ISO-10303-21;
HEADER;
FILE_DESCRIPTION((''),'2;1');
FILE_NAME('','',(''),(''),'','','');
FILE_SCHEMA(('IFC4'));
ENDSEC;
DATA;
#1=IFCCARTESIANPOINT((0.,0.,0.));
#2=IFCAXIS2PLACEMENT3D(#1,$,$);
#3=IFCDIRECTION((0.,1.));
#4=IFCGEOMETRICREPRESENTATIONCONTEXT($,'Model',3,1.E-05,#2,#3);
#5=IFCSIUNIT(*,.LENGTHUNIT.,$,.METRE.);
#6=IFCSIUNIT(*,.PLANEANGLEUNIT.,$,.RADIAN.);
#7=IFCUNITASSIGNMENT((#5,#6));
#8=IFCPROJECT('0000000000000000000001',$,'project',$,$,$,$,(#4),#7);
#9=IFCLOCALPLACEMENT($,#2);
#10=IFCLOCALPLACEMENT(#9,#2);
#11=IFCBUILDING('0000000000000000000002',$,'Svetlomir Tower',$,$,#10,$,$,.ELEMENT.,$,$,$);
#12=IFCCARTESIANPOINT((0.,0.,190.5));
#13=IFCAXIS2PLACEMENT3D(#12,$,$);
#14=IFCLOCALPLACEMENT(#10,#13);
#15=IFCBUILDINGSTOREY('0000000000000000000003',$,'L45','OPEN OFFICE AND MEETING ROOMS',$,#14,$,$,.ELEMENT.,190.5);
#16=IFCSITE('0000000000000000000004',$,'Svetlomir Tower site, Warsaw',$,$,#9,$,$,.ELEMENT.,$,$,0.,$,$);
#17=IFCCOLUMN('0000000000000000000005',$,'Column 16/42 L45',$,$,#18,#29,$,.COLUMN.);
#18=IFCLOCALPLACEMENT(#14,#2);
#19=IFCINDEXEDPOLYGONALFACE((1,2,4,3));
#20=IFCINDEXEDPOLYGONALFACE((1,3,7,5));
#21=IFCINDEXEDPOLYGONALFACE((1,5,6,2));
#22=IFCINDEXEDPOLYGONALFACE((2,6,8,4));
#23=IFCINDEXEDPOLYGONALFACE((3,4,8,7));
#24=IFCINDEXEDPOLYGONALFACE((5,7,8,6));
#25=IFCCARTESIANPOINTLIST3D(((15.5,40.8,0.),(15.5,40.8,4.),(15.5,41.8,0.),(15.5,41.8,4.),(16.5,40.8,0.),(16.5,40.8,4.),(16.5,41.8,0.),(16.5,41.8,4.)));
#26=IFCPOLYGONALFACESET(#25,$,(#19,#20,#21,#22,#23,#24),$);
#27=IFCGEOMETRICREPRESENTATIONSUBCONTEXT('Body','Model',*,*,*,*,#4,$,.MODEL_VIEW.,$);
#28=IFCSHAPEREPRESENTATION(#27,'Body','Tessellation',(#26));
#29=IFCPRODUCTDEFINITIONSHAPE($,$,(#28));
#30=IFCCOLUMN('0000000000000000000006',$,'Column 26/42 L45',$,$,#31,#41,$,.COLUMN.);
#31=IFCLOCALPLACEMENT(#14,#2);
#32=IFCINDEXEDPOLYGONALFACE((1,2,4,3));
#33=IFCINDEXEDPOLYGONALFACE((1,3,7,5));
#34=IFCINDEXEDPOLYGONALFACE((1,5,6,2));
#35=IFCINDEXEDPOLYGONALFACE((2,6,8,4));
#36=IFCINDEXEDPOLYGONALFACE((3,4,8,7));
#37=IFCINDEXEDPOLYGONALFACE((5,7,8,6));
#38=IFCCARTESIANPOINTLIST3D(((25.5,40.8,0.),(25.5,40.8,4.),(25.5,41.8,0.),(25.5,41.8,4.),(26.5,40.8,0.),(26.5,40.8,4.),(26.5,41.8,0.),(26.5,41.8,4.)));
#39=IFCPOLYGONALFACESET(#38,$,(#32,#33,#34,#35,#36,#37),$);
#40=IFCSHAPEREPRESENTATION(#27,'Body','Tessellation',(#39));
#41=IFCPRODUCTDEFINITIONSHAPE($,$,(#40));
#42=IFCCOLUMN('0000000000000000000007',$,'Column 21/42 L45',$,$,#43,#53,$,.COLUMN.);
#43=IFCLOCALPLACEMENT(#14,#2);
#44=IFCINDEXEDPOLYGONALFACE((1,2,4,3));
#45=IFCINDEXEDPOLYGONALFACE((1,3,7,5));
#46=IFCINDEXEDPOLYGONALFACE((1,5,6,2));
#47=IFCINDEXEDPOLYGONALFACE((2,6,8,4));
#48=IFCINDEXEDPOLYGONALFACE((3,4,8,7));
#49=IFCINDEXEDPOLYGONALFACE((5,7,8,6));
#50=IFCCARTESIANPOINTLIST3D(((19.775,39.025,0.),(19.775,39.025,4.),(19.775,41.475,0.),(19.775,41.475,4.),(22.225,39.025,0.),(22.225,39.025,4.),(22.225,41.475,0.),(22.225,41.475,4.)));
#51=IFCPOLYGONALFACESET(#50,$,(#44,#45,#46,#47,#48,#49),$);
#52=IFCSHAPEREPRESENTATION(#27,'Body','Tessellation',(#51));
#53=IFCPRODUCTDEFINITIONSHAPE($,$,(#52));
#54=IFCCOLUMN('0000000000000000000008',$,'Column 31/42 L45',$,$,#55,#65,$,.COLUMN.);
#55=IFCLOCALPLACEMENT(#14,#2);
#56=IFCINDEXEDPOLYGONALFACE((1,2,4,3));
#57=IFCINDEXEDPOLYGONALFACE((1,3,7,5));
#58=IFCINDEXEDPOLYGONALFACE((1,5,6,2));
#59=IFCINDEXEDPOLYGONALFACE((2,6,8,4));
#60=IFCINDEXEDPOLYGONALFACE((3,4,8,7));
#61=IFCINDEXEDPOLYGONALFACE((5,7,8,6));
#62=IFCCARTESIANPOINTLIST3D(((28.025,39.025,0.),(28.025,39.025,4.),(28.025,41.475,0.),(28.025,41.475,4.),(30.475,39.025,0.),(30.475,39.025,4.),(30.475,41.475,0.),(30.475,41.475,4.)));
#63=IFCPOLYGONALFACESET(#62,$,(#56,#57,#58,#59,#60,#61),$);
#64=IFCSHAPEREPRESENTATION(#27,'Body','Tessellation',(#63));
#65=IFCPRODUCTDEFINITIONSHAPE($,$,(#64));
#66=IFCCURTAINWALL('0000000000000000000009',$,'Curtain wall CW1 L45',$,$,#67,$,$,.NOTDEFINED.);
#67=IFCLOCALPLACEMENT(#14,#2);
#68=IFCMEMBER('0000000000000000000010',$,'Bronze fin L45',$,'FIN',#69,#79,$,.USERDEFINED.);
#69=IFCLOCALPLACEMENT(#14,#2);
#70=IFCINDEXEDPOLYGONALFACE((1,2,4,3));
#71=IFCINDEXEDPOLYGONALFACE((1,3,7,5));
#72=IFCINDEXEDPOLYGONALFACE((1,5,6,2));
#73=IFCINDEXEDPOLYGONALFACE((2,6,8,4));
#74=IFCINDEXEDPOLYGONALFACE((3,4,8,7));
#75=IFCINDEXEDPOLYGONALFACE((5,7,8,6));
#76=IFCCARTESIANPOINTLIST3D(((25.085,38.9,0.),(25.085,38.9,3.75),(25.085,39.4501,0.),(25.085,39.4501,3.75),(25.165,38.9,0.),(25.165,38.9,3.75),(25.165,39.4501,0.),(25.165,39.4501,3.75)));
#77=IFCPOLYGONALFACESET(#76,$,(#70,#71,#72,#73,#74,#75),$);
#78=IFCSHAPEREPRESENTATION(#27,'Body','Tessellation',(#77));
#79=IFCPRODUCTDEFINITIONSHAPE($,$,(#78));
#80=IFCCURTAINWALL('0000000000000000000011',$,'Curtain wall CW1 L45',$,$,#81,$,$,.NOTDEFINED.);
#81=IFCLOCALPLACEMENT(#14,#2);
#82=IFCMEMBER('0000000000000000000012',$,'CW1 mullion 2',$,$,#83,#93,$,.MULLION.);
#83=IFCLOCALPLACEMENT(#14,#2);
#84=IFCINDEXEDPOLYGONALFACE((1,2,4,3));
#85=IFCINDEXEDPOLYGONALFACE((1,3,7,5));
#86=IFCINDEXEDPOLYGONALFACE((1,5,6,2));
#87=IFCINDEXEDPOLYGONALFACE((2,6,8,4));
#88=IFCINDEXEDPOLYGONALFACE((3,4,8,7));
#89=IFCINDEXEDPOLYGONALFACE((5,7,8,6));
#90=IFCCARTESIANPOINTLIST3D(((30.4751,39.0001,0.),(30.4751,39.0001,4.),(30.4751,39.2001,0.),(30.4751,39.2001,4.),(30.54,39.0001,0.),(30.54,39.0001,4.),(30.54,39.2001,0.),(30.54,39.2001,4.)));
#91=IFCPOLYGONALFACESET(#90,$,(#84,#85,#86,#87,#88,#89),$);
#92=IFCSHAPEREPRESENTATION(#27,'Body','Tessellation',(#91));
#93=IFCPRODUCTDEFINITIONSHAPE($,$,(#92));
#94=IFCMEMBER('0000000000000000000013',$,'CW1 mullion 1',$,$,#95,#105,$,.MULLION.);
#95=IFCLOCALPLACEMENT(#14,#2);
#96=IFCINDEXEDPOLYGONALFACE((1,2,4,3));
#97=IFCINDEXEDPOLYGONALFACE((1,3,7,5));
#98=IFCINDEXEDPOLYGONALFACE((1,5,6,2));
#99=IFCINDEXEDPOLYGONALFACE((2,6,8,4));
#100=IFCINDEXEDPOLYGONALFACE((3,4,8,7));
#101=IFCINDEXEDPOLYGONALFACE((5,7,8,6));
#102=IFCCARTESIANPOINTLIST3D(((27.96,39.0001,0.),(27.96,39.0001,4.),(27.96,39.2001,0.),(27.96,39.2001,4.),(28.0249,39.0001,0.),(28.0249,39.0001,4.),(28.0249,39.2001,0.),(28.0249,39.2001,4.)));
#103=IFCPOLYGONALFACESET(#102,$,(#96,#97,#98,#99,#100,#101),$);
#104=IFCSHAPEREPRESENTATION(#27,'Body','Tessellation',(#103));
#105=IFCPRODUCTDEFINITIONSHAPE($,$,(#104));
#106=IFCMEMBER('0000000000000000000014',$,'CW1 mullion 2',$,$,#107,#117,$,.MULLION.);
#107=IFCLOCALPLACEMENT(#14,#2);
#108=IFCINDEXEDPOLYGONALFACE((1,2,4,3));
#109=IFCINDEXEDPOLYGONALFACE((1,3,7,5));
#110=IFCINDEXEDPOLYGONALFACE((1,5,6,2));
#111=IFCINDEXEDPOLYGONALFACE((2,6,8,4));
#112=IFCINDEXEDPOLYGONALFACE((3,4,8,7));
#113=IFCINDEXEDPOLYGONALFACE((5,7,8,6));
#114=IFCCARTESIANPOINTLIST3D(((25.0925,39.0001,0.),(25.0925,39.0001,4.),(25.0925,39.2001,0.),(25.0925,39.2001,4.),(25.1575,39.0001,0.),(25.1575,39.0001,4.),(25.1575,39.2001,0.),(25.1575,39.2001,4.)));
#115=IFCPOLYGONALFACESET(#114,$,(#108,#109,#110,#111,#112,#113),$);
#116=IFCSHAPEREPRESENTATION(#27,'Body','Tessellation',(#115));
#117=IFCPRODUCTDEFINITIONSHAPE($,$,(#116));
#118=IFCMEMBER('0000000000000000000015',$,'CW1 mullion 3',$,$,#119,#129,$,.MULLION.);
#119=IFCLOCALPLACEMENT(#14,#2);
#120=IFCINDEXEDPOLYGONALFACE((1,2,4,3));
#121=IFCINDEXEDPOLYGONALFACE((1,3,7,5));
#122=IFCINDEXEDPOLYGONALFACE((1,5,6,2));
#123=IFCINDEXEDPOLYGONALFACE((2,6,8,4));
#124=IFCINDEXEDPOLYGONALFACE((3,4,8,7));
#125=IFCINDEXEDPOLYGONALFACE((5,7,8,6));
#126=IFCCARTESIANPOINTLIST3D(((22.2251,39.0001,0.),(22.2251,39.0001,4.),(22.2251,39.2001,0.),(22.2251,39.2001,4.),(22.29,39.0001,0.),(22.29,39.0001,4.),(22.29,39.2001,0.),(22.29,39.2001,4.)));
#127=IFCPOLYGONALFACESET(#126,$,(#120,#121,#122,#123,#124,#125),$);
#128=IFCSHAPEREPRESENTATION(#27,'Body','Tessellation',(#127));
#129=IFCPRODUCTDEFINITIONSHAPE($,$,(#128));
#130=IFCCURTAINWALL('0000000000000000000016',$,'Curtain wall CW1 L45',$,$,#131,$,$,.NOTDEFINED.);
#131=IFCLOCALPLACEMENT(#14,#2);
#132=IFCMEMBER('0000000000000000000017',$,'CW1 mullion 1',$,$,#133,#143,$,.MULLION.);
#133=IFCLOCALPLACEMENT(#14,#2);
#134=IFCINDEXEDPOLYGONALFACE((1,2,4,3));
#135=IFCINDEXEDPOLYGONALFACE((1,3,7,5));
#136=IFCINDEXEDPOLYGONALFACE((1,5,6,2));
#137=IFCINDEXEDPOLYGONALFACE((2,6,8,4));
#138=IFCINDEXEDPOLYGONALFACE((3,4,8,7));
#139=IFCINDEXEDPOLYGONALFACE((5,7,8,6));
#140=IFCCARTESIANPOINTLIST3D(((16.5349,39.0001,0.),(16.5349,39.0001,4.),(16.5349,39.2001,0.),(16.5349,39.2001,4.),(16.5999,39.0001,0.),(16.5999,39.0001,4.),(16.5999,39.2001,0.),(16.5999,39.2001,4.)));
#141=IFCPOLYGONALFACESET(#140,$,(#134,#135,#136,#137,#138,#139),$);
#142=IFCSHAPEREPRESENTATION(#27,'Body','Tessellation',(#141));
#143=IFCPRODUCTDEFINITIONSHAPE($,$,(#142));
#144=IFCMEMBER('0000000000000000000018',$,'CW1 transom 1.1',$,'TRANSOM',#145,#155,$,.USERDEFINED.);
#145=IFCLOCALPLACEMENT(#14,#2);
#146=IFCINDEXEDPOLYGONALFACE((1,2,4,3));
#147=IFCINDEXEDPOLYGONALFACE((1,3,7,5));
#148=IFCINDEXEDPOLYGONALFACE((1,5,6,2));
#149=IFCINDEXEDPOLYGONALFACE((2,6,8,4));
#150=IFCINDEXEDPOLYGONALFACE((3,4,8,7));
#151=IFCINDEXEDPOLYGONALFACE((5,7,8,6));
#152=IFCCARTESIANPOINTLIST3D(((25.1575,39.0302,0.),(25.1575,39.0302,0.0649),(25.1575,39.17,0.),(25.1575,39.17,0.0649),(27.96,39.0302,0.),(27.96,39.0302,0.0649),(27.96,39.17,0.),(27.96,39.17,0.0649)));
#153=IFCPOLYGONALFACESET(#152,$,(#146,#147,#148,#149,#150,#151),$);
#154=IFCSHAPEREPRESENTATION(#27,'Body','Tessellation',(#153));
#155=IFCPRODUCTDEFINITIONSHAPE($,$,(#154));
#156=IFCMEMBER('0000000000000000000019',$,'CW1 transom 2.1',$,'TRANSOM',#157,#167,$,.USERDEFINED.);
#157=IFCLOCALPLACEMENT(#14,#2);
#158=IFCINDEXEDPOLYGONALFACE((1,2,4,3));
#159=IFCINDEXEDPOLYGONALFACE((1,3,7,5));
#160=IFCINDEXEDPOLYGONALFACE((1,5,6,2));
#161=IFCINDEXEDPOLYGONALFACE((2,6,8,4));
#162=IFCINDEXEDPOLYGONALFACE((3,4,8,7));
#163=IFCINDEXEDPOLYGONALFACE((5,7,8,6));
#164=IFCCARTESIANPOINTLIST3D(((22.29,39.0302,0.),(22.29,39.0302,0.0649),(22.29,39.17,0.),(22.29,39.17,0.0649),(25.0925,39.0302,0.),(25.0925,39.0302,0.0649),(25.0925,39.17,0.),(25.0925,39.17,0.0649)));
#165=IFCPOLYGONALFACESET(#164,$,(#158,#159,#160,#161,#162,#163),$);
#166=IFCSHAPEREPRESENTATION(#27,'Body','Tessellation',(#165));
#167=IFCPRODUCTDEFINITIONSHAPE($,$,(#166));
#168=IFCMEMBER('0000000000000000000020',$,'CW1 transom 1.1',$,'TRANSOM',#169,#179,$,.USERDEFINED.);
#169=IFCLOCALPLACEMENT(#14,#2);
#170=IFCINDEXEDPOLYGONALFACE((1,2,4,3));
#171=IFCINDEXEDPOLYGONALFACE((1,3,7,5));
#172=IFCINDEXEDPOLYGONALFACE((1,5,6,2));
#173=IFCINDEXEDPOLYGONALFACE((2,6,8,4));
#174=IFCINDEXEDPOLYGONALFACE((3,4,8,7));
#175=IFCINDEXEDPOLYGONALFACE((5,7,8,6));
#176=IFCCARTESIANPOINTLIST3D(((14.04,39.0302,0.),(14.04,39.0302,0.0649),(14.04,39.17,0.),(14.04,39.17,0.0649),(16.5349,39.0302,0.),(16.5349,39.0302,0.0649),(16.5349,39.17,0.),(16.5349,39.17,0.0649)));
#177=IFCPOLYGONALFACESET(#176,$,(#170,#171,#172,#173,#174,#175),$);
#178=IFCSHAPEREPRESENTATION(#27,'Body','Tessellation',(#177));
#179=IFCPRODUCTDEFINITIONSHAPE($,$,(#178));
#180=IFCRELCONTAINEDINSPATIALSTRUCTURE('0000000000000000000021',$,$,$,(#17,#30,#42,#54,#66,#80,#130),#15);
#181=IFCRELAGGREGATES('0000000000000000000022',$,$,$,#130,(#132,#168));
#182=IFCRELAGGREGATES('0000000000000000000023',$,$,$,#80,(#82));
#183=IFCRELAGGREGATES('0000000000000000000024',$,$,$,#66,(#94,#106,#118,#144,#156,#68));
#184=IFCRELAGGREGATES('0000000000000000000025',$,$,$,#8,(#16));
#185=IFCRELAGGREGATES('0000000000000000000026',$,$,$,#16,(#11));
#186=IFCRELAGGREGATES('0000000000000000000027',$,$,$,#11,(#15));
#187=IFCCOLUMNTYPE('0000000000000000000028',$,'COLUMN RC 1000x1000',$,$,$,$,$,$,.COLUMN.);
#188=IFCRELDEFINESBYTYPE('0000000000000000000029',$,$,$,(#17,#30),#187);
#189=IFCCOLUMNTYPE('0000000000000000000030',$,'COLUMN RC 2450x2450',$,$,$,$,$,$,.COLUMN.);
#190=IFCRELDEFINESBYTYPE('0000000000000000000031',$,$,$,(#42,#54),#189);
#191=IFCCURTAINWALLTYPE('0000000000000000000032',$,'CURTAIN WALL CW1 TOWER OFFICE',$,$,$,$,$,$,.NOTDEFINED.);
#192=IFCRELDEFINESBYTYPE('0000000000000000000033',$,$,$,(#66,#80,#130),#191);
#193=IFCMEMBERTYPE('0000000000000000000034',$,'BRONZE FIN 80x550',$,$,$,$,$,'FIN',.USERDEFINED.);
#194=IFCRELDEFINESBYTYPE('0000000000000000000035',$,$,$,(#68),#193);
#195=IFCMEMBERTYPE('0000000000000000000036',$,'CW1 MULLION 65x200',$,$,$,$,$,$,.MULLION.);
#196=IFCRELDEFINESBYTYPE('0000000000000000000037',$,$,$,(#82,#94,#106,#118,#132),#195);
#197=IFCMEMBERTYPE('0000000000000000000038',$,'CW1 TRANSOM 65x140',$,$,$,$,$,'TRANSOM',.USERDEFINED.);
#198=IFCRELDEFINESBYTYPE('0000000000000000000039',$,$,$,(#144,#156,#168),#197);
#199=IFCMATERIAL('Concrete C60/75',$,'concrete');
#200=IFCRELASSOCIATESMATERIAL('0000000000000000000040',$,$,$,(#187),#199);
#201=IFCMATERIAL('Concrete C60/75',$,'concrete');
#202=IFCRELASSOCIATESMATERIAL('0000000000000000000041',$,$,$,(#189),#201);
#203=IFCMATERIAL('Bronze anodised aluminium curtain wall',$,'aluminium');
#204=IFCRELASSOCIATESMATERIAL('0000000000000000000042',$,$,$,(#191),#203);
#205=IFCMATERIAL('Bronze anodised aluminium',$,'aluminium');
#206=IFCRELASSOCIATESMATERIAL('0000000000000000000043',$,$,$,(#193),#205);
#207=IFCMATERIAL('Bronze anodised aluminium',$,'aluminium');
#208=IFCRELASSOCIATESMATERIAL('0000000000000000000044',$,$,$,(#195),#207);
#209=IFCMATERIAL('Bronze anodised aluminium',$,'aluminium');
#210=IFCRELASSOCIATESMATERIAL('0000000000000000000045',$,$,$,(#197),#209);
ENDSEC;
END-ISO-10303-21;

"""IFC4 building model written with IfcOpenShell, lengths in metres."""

from ifc_helpers import new_model, si_unit, direction, frame, origin, origin_2d, place, context, subcontext, project, spatial, rectangle, extrude, material, material_profile, profile_set, type_object, element, aggregate, save


model = new_model("IFC4")

# Units and contexts
model_context = context("Model", 3, precision=1e-05, world=origin(), true_north=direction((0.0, 1.0)))
body_context = subcontext(model_context, "Body", "Model", "MODEL_VIEW")
ifc_project = project(units=[si_unit("LENGTHUNIT", "METRE"), si_unit("PLANEANGLEUNIT", "RADIAN")], contexts=[model_context])

# Site, building, storey
site_placement = place(None, origin())
site = spatial("IfcSite", under=ifc_project, at=site_placement, Name="Svetlomir Tower site, Warsaw", CompositionType="ELEMENT", RefElevation=0.0)
building_placement = place(site_placement, origin())
building = spatial("IfcBuilding", under=site, at=building_placement, Name="Svetlomir Tower", CompositionType="ELEMENT")
storey_placement = place(building_placement, frame((0.0, 0.0, 190.5)))
storey = spatial("IfcBuildingStorey", under=building, at=storey_placement, Name="L45", Description="OPEN OFFICE AND MEETING ROOMS", CompositionType="ELEMENT", Elevation=190.5)

# Columns
ifc_material_1 = material(Name="Concrete C60/75", Category="concrete")
ifc_material_profile_1 = material_profile(ifc_material_1, rectangle(XDim=1.0, YDim=1.0, at=origin_2d()), Name="RC 1000x1000")
ifc_profile_set_1 = profile_set([ifc_material_profile_1], Name="Concrete C60/75")
column_type_1 = type_object("IfcColumnType", Name="COLUMN RC 1000x1000", PredefinedType="COLUMN", material=ifc_profile_set_1)
for number, where, z_axis, x_axis, name in (
    (1, (16.0, 41.3, 0.0), (0.0, 0.0, 1.0), (1.0, 0.0, 0.0), "Column 16/42 L45"),
    (2, (26.0, 41.3, 0.0), (0.0, 0.0, 1.0), (1.0, 0.0, 0.0), "Column 26/42 L45"),
):
    element("IfcColumn", number, at=place(storey_placement, frame(where, z_axis=z_axis, x_axis=x_axis)), inside=storey, type_object=column_type_1, Name=name, PredefinedType="COLUMN", context=body_context, shape_type="SweptSolid", body=[
        extrude(rectangle(XDim=1.0, YDim=1.0, at=origin_2d()), origin(), (0.0, 0.0, 1.0), 4.0),
    ])
ifc_material_2 = material(Name="Concrete C60/75", Category="concrete")
ifc_material_profile_2 = material_profile(ifc_material_2, rectangle(XDim=2.45, YDim=2.45, at=origin_2d()), Name="RC 2450x2450")
ifc_profile_set_2 = profile_set([ifc_material_profile_2], Name="Concrete C60/75")
column_type_2 = type_object("IfcColumnType", Name="COLUMN RC 2450x2450", PredefinedType="COLUMN", material=ifc_profile_set_2)
for number, where, z_axis, x_axis, name in (
    (3, (21.0, 40.25, 0.0), (0.0, 0.0, 1.0), (1.0, 0.0, 0.0), "Column 21/42 L45"),
    (4, (29.25, 40.25, 0.0), (0.0, 0.0, 1.0), (1.0, 0.0, 0.0), "Column 31/42 L45"),
):
    element("IfcColumn", number, at=place(storey_placement, frame(where, z_axis=z_axis, x_axis=x_axis)), inside=storey, type_object=column_type_2, Name=name, PredefinedType="COLUMN", context=body_context, shape_type="SweptSolid", body=[
        extrude(rectangle(XDim=2.45, YDim=2.45, at=origin_2d()), origin(), (0.0, 0.0, 1.0), 4.0),
    ])

# Curtain walls, members
ifc_material_3 = material(Name="Bronze anodised aluminium curtain wall", Category="aluminium")
curtain_wall_type = type_object("IfcCurtainWallType", Name="CURTAIN WALL CW1 TOWER OFFICE", PredefinedType="NOTDEFINED", material=ifc_material_3)
curtain_wall_1_placement = place(storey_placement, origin())
curtain_wall_1 = element("IfcCurtainWall", 5, at=curtain_wall_1_placement, inside=storey, type_object=curtain_wall_type, Name="Curtain wall CW1 L45", PredefinedType="NOTDEFINED")
ifc_material_4 = material(Name="Bronze anodised aluminium", Category="aluminium")
ifc_material_profile_3 = material_profile(ifc_material_4, rectangle(XDim=0.0801, YDim=0.55, at=origin_2d()), Name="FIN 80x550")
ifc_profile_set_3 = profile_set([ifc_material_profile_3], Name="Bronze anodised aluminium 6063-T6")
member_type_1 = type_object("IfcMemberType", Name="BRONZE FIN 80x550", ElementType="FIN", PredefinedType="USERDEFINED", material=ifc_profile_set_3)
member_1_placement = place(storey_placement, frame((25.125, 39.175, 0.0), z_axis=(0.0, 0.0, 1.0), x_axis=(1.0, 0.0, 0.0)))
member_1 = element("IfcMember", 6, at=member_1_placement, type_object=member_type_1, Name="Bronze fin L45", ObjectType="FIN", PredefinedType="USERDEFINED", context=body_context, shape_type="SweptSolid", body=[
    extrude(rectangle(XDim=0.0801, YDim=0.55, at=origin_2d()), origin(), (0.0, 0.0, 1.0), 3.75),
])
curtain_wall_2_placement = place(storey_placement, origin())
curtain_wall_2 = element("IfcCurtainWall", 7, at=curtain_wall_2_placement, inside=storey, type_object=curtain_wall_type, Name="Curtain wall CW1 L45", PredefinedType="NOTDEFINED")
ifc_material_5 = material(Name="Bronze anodised aluminium", Category="aluminium")
ifc_material_profile_4 = material_profile(ifc_material_5, rectangle(XDim=0.0649, YDim=0.2, at=origin_2d()), Name="AL 65x200")
ifc_profile_set_4 = profile_set([ifc_material_profile_4], Name="Bronze anodised aluminium 6063-T6")
member_type_2 = type_object("IfcMemberType", Name="CW1 MULLION 65x200", PredefinedType="MULLION", material=ifc_profile_set_4)
member_2_placement = place(storey_placement, frame((30.5076, 39.1001, 0.0), z_axis=(0.0, 0.0, 1.0), x_axis=(-1.0, 0.0, 0.0)))
member_2 = element("IfcMember", 8, at=member_2_placement, type_object=member_type_2, Name="CW1 mullion 2", PredefinedType="MULLION", context=body_context, shape_type="SweptSolid", body=[
    extrude(rectangle(XDim=0.0649, YDim=0.2, at=origin_2d()), origin(), (0.0, 0.0, 1.0), 4.0),
])

# Members
member_3_placement = place(storey_placement, frame((27.9924, 39.1001, 0.0), z_axis=(0.0, 0.0, 1.0), x_axis=(-1.0, 0.0, 0.0)))
member_3 = element("IfcMember", 9, at=member_3_placement, type_object=member_type_2, Name="CW1 mullion 1", PredefinedType="MULLION", context=body_context, shape_type="SweptSolid", body=[
    extrude(rectangle(XDim=0.0649, YDim=0.2, at=origin_2d()), origin(), (0.0, 0.0, 1.0), 4.0),
])
member_4_placement = place(storey_placement, frame((25.125, 39.1001, 0.0), z_axis=(0.0, 0.0, 1.0), x_axis=(-1.0, 0.0, 0.0)))
member_4 = element("IfcMember", 10, at=member_4_placement, type_object=member_type_2, Name="CW1 mullion 2", PredefinedType="MULLION", context=body_context, shape_type="SweptSolid", body=[
    extrude(rectangle(XDim=0.0649, YDim=0.2, at=origin_2d()), origin(), (0.0, 0.0, 1.0), 4.0),
])
member_5_placement = place(storey_placement, frame((22.2576, 39.1001, 0.0), z_axis=(0.0, 0.0, 1.0), x_axis=(-1.0, 0.0, 0.0)))
member_5 = element("IfcMember", 11, at=member_5_placement, type_object=member_type_2, Name="CW1 mullion 3", PredefinedType="MULLION", context=body_context, shape_type="SweptSolid", body=[
    extrude(rectangle(XDim=0.0649, YDim=0.2, at=origin_2d()), origin(), (0.0, 0.0, 1.0), 4.0),
])

# Curtain wall, member
curtain_wall_3_placement = place(storey_placement, origin())
curtain_wall_3 = element("IfcCurtainWall", 12, at=curtain_wall_3_placement, inside=storey, type_object=curtain_wall_type, Name="Curtain wall CW1 L45", PredefinedType="NOTDEFINED")
member_6_placement = place(storey_placement, frame((16.5674, 39.1001, 0.0), z_axis=(0.0, 0.0, 1.0), x_axis=(-1.0, 0.0, 0.0)))
member_6 = element("IfcMember", 13, at=member_6_placement, type_object=member_type_2, Name="CW1 mullion 1", PredefinedType="MULLION", context=body_context, shape_type="SweptSolid", body=[
    extrude(rectangle(XDim=0.0649, YDim=0.2, at=origin_2d()), origin(), (0.0, 0.0, 1.0), 4.0),
])

# Members
ifc_material_6 = material(Name="Bronze anodised aluminium", Category="aluminium")
ifc_material_profile_5 = material_profile(ifc_material_6, rectangle(XDim=0.1399, YDim=0.0649, at=origin_2d()), Name="AL 140x65")
ifc_profile_set_5 = profile_set([ifc_material_profile_5], Name="Bronze anodised aluminium 6063-T6")
member_type_3 = type_object("IfcMemberType", Name="CW1 TRANSOM 65x140", ElementType="TRANSOM", PredefinedType="USERDEFINED", material=ifc_profile_set_5)
member_7_placement = place(storey_placement, frame((27.96, 39.1001, 0.0325), z_axis=(-1.0, 0.0, 0.0), x_axis=(0.0, -1.0, 0.0)))
member_7 = element("IfcMember", 14, at=member_7_placement, type_object=member_type_3, Name="CW1 transom 1.1", ObjectType="TRANSOM", PredefinedType="USERDEFINED", context=body_context, shape_type="SweptSolid", body=[
    extrude(rectangle(XDim=0.1399, YDim=0.0649, at=origin_2d()), origin(), (0.0, 0.0, 1.0), 2.8025),
])
member_8_placement = place(storey_placement, frame((25.0925, 39.1001, 0.0325), z_axis=(-1.0, 0.0, 0.0), x_axis=(0.0, -1.0, 0.0)))
member_8 = element("IfcMember", 15, at=member_8_placement, type_object=member_type_3, Name="CW1 transom 2.1", ObjectType="TRANSOM", PredefinedType="USERDEFINED", context=body_context, shape_type="SweptSolid", body=[
    extrude(rectangle(XDim=0.1399, YDim=0.0649, at=origin_2d()), origin(), (0.0, 0.0, 1.0), 2.8025),
])
member_9_placement = place(storey_placement, frame((16.5349, 39.1001, 0.0325), z_axis=(-1.0, 0.0, 0.0), x_axis=(0.0, -1.0, 0.0)))
member_9 = element("IfcMember", 16, at=member_9_placement, type_object=member_type_3, Name="CW1 transom 1.1", ObjectType="TRANSOM", PredefinedType="USERDEFINED", context=body_context, shape_type="SweptSolid", body=[
    extrude(rectangle(XDim=0.1399, YDim=0.0649, at=origin_2d()), origin(), (0.0, 0.0, 1.0), 2.4949),
])
aggregate(curtain_wall_3, [member_6, member_9])

aggregate(curtain_wall_2, [member_2])
aggregate(curtain_wall_1, [member_3, member_4, member_5, member_7, member_8, member_1])

save(model, "model.ifc")
